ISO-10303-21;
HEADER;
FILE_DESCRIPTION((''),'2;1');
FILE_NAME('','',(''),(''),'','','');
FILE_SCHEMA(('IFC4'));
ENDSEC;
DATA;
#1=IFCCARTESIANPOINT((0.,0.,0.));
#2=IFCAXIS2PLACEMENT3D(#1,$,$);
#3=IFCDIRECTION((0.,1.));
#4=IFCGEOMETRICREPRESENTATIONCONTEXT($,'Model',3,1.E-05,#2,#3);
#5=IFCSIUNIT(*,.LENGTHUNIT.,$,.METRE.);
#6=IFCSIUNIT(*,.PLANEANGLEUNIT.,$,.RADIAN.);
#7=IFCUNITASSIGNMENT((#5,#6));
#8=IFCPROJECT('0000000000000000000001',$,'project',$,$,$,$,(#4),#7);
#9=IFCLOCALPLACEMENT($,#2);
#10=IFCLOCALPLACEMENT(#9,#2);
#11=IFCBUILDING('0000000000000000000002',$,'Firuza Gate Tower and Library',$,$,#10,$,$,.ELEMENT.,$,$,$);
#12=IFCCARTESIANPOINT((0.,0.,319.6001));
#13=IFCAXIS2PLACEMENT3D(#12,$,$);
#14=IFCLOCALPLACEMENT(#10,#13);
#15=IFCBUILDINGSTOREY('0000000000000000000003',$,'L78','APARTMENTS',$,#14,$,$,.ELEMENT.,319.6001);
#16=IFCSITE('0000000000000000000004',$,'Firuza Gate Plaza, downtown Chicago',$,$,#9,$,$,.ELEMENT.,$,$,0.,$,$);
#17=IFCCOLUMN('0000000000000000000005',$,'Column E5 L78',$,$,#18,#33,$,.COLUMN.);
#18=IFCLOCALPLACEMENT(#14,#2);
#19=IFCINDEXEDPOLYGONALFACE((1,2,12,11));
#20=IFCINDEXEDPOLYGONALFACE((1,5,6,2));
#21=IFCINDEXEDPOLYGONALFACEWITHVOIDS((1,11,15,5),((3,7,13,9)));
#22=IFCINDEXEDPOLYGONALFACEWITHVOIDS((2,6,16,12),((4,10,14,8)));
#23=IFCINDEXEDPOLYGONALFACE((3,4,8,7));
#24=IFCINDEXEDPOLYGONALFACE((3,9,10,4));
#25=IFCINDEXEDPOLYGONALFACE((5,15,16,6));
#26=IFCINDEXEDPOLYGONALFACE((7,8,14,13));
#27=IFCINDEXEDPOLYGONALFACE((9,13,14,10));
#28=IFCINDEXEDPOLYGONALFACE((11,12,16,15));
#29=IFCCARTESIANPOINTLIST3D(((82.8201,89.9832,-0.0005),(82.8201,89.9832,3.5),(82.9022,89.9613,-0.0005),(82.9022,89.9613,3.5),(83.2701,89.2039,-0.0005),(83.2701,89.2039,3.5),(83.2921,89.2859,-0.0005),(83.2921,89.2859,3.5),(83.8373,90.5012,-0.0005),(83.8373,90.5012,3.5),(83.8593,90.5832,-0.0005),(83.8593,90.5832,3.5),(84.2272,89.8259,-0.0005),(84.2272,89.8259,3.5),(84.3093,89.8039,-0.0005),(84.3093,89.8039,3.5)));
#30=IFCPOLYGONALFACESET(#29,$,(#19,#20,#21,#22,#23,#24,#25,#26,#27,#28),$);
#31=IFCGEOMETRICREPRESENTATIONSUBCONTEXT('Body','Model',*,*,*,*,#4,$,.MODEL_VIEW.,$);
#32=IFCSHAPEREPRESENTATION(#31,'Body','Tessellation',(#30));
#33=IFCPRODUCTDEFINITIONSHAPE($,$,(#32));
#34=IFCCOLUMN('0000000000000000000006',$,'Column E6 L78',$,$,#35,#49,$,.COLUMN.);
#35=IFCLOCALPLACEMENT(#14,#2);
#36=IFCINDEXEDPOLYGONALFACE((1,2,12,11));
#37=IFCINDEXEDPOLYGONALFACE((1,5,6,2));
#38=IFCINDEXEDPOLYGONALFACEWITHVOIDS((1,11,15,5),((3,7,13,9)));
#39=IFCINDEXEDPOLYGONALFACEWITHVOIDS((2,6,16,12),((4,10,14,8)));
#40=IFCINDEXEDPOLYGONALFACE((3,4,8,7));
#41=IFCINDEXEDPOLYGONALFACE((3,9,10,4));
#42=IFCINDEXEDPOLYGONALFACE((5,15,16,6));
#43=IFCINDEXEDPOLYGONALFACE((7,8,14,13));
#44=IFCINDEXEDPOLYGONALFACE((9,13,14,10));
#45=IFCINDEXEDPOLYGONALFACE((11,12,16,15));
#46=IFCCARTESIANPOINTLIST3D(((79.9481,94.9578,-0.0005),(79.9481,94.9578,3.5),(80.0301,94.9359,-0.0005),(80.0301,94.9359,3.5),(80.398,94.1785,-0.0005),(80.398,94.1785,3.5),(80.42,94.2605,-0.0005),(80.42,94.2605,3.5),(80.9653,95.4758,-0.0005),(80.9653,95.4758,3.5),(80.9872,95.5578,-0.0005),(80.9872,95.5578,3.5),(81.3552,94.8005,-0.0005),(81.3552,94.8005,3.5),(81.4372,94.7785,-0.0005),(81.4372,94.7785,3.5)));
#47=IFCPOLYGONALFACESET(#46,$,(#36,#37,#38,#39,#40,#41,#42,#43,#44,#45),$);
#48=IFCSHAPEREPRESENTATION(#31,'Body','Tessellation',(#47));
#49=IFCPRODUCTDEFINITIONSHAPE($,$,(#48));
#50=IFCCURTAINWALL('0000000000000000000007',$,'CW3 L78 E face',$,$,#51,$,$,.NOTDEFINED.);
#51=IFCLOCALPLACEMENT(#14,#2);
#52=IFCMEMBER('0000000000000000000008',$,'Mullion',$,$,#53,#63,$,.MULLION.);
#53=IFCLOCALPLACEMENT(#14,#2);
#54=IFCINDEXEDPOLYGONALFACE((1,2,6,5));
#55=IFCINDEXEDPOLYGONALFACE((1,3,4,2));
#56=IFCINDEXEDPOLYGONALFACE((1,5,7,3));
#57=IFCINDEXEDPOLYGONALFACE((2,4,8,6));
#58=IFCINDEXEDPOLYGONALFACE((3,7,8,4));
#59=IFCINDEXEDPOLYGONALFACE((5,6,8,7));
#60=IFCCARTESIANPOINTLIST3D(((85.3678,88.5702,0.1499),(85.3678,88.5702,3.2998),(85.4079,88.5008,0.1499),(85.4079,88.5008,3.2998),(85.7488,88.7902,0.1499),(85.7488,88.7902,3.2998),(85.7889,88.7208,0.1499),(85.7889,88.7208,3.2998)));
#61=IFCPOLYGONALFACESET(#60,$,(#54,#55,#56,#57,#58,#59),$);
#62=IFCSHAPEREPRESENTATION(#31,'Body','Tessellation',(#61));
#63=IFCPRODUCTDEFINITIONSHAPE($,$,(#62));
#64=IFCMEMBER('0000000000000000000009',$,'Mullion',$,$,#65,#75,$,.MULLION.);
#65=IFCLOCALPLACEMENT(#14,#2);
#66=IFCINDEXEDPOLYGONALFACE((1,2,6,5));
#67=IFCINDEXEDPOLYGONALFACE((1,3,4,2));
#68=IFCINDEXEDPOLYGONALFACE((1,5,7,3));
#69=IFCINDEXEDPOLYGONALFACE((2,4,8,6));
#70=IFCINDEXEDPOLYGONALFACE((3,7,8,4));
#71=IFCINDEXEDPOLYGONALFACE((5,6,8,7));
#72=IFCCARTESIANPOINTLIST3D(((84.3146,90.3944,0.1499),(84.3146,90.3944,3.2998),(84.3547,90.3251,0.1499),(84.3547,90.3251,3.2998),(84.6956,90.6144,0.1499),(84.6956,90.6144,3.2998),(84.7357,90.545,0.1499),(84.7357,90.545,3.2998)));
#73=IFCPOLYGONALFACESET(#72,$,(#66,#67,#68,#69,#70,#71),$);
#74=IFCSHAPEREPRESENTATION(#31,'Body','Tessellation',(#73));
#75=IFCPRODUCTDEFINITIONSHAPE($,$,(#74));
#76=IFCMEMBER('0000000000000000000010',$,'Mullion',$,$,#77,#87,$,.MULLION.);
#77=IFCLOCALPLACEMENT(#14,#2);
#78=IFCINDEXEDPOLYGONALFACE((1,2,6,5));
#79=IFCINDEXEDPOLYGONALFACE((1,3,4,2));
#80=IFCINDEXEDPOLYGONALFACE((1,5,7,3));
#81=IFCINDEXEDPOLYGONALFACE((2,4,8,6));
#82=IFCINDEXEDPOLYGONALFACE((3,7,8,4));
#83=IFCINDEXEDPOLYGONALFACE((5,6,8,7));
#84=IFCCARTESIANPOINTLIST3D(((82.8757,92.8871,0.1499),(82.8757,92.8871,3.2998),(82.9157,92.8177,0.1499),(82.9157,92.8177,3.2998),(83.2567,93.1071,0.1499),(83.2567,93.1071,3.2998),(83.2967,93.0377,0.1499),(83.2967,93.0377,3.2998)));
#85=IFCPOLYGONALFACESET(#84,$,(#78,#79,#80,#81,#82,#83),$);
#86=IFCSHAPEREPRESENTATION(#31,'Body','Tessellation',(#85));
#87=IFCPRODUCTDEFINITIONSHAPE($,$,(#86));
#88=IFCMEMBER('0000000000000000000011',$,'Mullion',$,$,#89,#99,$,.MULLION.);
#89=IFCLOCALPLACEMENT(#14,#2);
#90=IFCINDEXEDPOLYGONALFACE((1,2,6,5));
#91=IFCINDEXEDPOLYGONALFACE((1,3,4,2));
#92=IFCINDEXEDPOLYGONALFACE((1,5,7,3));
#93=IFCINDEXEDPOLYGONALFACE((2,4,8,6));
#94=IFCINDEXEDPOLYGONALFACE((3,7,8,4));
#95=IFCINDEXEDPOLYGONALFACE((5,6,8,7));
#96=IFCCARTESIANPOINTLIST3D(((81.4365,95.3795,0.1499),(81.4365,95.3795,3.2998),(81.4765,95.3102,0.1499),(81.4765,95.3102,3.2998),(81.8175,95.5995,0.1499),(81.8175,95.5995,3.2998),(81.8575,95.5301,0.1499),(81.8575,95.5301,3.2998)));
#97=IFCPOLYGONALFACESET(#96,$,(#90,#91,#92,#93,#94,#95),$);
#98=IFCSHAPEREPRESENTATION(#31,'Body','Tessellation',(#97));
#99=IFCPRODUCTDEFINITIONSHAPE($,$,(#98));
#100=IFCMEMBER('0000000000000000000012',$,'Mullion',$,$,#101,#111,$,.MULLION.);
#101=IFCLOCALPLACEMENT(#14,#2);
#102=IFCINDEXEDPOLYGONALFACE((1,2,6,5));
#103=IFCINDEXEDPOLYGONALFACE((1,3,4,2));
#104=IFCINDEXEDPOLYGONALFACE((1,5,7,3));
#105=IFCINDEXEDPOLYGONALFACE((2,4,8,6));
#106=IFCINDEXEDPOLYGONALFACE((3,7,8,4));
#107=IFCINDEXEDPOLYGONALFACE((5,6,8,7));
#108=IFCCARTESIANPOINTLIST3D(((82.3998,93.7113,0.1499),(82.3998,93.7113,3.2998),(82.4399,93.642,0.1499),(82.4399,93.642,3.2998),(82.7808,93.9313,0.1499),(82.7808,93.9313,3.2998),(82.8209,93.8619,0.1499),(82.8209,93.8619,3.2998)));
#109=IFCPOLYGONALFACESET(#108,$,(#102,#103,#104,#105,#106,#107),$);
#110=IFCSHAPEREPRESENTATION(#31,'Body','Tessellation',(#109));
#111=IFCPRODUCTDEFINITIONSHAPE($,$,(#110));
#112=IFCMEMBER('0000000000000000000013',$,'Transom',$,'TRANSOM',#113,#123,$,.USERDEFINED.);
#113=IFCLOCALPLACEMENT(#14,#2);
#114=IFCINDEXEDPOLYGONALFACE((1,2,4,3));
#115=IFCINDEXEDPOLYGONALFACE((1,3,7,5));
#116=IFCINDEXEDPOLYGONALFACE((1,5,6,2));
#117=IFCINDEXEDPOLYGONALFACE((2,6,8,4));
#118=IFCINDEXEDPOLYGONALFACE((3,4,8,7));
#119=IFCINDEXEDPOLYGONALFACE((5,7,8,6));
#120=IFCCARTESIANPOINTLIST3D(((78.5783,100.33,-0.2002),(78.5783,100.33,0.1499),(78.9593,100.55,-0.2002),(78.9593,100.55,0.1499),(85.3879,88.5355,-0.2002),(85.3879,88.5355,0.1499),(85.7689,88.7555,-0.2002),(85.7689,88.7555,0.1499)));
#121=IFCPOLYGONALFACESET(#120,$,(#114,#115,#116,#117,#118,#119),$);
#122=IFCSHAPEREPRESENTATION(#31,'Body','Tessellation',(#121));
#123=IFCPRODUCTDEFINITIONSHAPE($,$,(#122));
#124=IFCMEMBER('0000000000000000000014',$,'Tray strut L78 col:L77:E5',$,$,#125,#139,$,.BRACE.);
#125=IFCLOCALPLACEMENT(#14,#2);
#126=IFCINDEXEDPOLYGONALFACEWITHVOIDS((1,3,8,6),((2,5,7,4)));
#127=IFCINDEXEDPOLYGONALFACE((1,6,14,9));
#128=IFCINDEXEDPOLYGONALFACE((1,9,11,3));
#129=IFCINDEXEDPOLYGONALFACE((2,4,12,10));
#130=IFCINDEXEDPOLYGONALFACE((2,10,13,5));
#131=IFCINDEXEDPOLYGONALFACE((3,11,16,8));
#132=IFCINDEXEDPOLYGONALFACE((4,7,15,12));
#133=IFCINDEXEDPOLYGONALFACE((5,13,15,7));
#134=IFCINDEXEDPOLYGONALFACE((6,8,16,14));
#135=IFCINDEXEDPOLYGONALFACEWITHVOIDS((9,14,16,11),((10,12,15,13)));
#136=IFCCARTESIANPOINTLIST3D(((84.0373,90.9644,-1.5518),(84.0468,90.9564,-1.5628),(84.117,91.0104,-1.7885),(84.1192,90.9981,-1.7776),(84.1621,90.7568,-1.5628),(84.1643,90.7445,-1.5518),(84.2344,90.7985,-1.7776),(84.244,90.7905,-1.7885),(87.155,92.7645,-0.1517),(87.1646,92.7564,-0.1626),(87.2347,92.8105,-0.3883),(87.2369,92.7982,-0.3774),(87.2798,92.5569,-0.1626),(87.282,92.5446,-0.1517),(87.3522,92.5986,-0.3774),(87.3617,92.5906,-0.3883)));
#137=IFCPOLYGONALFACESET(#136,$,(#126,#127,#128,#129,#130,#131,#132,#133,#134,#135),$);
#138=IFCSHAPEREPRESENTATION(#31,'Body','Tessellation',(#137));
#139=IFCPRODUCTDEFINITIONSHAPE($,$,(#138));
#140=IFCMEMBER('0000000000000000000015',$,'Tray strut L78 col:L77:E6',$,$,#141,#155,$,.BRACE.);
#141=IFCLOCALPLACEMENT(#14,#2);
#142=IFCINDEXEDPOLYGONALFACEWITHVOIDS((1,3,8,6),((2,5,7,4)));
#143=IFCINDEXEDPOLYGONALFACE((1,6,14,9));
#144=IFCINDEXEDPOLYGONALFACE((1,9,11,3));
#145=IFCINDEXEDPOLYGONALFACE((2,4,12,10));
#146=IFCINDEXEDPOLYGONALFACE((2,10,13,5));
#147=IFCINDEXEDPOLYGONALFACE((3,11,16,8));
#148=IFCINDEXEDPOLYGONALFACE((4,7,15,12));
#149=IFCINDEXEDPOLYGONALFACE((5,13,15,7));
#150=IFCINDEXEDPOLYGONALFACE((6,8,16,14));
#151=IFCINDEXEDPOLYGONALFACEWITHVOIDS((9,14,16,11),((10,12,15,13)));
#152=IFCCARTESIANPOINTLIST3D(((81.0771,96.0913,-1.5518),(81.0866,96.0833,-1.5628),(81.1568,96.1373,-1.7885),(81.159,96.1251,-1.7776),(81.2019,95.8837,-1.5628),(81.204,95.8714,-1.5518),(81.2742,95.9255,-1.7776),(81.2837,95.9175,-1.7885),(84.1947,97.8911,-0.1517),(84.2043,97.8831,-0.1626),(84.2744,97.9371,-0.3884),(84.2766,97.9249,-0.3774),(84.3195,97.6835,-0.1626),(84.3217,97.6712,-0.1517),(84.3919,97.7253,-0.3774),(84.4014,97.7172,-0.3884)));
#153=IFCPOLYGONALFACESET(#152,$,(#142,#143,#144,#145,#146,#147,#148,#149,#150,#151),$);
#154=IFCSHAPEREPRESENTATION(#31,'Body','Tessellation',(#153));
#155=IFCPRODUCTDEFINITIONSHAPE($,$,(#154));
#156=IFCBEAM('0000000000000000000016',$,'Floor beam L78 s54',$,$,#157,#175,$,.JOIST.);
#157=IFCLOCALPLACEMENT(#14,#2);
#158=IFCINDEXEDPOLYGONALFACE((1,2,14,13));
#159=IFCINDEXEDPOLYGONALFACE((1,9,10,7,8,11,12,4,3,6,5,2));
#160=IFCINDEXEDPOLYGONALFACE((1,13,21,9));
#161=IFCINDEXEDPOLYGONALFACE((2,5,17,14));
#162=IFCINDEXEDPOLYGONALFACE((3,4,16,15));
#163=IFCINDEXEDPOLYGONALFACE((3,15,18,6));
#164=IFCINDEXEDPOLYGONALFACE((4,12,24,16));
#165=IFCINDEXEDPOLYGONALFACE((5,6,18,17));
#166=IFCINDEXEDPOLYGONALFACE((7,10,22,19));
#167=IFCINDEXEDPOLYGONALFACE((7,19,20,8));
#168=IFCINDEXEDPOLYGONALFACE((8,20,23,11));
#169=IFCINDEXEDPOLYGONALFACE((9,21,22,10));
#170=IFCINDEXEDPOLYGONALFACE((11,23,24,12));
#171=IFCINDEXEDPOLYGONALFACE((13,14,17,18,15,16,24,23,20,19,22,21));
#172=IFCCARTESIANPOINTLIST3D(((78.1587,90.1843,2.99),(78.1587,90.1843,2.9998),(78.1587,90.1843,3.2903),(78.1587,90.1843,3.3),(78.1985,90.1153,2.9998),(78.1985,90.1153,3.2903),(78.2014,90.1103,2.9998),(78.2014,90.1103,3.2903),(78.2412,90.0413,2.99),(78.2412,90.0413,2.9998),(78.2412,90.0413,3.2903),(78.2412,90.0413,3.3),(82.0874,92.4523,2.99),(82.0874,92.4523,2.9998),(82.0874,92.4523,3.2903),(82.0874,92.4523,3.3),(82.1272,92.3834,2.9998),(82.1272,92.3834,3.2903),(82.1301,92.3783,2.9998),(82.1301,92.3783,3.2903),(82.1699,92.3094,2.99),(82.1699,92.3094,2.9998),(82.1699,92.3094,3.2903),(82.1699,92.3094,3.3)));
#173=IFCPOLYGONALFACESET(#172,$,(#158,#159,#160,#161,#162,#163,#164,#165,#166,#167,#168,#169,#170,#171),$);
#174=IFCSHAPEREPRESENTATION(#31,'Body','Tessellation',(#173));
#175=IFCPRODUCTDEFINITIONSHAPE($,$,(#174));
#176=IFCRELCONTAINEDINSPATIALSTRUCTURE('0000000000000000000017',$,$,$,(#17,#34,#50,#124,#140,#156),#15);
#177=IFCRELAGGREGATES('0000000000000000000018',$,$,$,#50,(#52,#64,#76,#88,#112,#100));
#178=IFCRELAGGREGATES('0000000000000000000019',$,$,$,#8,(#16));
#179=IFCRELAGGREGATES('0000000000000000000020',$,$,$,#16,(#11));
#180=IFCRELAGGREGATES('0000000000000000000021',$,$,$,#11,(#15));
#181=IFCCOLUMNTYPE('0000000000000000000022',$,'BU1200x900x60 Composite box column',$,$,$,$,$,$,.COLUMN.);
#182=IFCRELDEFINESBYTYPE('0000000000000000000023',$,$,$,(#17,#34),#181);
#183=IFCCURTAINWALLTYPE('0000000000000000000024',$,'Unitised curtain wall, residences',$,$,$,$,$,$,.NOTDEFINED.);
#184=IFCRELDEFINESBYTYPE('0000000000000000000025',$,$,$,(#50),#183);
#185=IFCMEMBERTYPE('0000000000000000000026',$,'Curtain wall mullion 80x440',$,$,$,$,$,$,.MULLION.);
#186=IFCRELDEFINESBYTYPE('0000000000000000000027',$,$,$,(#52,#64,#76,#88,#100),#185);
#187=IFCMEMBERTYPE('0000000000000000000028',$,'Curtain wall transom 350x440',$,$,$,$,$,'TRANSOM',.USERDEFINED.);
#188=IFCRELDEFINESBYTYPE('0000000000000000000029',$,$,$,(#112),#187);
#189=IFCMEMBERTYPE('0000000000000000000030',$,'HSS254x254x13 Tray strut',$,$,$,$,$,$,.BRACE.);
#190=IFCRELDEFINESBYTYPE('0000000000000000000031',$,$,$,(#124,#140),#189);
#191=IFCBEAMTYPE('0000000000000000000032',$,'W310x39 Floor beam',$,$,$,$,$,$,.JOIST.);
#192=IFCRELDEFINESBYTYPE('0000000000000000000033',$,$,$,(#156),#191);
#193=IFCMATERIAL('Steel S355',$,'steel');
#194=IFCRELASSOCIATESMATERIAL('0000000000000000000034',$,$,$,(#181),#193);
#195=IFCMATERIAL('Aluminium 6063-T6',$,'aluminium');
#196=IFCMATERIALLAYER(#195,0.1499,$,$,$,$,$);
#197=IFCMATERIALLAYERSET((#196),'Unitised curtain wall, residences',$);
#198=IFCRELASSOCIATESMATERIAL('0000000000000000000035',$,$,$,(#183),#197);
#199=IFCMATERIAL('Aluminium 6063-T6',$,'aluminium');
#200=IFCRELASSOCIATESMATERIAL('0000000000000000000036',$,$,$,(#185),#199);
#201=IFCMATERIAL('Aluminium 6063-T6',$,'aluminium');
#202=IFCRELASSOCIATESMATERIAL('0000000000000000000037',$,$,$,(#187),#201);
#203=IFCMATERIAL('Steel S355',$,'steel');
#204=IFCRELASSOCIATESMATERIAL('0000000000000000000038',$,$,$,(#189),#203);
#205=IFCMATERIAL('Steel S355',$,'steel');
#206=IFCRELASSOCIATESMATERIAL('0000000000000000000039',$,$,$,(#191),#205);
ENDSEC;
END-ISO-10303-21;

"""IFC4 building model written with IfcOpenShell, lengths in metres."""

from ifc_helpers import new_model, si_unit, direction, frame, origin, origin_2d, place, context, subcontext, project, spatial, rectangle, hollow_rectangle, i_section, extrude, material, layer, layer_set, material_profile, profile_set, type_object, element, aggregate, save


model = new_model("IFC4")

# Units and contexts
model_context = context("Model", 3, precision=1e-05, world=origin(), true_north=direction((0.0, 1.0)))
body_context = subcontext(model_context, "Body", "Model", "MODEL_VIEW")
ifc_project = project(units=[si_unit("LENGTHUNIT", "METRE"), si_unit("PLANEANGLEUNIT", "RADIAN")], contexts=[model_context])

# Site, building, storey
site_placement = place(None, origin())
site = spatial("IfcSite", under=ifc_project, at=site_placement, Name="Firuza Gate Plaza, downtown Chicago", CompositionType="ELEMENT", RefElevation=0.0)
building_placement = place(site_placement, origin())
building = spatial("IfcBuilding", under=site, at=building_placement, Name="Firuza Gate Tower and Library", CompositionType="ELEMENT")
storey_placement = place(building_placement, frame((0.0, 0.0, 319.6001)))
storey = spatial("IfcBuildingStorey", under=building, at=storey_placement, Name="L78", Description="APARTMENTS", CompositionType="ELEMENT", Elevation=319.6001)

# Columns
ifc_material_1 = material(Name="Steel S355", Category="steel")
ifc_material_profile_1 = material_profile(ifc_material_1, hollow_rectangle(XDim=0.8999, YDim=1.2, WallThickness=0.0601, at=origin_2d()))
ifc_profile_set_1 = profile_set([ifc_material_profile_1], Name="Steel S355")
column_type = type_object("IfcColumnType", Name="BU1200x900x60 Composite box column", PredefinedType="COLUMN", material=ifc_profile_set_1)
for number, where, z_axis, x_axis, name in (
    (1, (83.5647, 89.8936, -0.0005), (0.0, 0.0, 1.0), (-0.5, 0.866025, 0.0), "Column E5 L78"),
    (2, (80.6926, 94.8682, -0.0005), (0.0, 0.0, 1.0), (-0.5, 0.866025, 0.0), "Column E6 L78"),
):
    element("IfcColumn", number, at=place(storey_placement, frame(where, z_axis=z_axis, x_axis=x_axis)), inside=storey, type_object=column_type, Name=name, PredefinedType="COLUMN", context=body_context, shape_type="SweptSolid", body=[
        extrude(hollow_rectangle(XDim=0.8999, YDim=1.2, WallThickness=0.0601, at=origin_2d()), origin(), (0.0, 0.0, 1.0), 3.5005),
    ])

# Curtain wall, members
ifc_material_2 = material(Name="Aluminium 6063-T6", Category="aluminium")
ifc_layer_1 = layer(ifc_material_2, 0.1499)
ifc_layer_set_1 = layer_set([ifc_layer_1], Name="Unitised curtain wall, residences")
curtain_wall_type = type_object("IfcCurtainWallType", Name="Unitised curtain wall, residences", PredefinedType="NOTDEFINED", material=ifc_layer_set_1)
curtain_wall_placement = place(storey_placement, origin())
curtain_wall = element("IfcCurtainWall", 3, at=curtain_wall_placement, inside=storey, type_object=curtain_wall_type, Name="CW3 L78 E face", PredefinedType="NOTDEFINED")
ifc_material_3 = material(Name="Aluminium 6063-T6", Category="aluminium")
ifc_material_profile_2 = material_profile(ifc_material_3, rectangle(XDim=0.4399, YDim=0.0801, at=origin_2d()))
ifc_profile_set_2 = profile_set([ifc_material_profile_2], Name="Aluminium 6063-T6")
member_type_1 = type_object("IfcMemberType", Name="Curtain wall mullion 80x440", PredefinedType="MULLION", material=ifc_profile_set_2)
member_1_placement = place(storey_placement, frame((85.5784, 88.6455, 0.1499), z_axis=(0.0, 0.0, 1.0), x_axis=(-0.866025, -0.5, 0.0)))
member_1 = element("IfcMember", 4, at=member_1_placement, type_object=member_type_1, Name="Mullion", PredefinedType="MULLION", context=body_context, shape_type="SweptSolid", body=[
    extrude(rectangle(XDim=0.4399, YDim=0.0801, at=origin_2d()), origin(), (0.0, 0.0, 1.0), 3.1499),
])
member_2_placement = place(storey_placement, frame((84.5251, 90.4697, 0.1499), z_axis=(0.0, 0.0, 1.0), x_axis=(-0.866025, -0.5, 0.0)))
member_2 = element("IfcMember", 5, at=member_2_placement, type_object=member_type_1, Name="Mullion", PredefinedType="MULLION", context=body_context, shape_type="SweptSolid", body=[
    extrude(rectangle(XDim=0.4399, YDim=0.0801, at=origin_2d()), origin(), (0.0, 0.0, 1.0), 3.1499),
])
member_3_placement = place(storey_placement, frame((83.0862, 92.9624, 0.1499), z_axis=(0.0, 0.0, 1.0), x_axis=(-0.866025, -0.5, 0.0)))
member_3 = element("IfcMember", 6, at=member_3_placement, type_object=member_type_1, Name="Mullion", PredefinedType="MULLION", context=body_context, shape_type="SweptSolid", body=[
    extrude(rectangle(XDim=0.4399, YDim=0.0801, at=origin_2d()), origin(), (0.0, 0.0, 1.0), 3.1499),
])
member_4_placement = place(storey_placement, frame((81.647, 95.4548, 0.1499), z_axis=(0.0, 0.0, 1.0), x_axis=(-0.866025, -0.5, 0.0)))
member_4 = element("IfcMember", 7, at=member_4_placement, type_object=member_type_1, Name="Mullion", PredefinedType="MULLION", context=body_context, shape_type="SweptSolid", body=[
    extrude(rectangle(XDim=0.4399, YDim=0.0801, at=origin_2d()), origin(), (0.0, 0.0, 1.0), 3.1499),
])
member_5_placement = place(storey_placement, frame((82.6104, 93.7866, 0.1499), z_axis=(0.0, 0.0, 1.0), x_axis=(-0.866025, -0.5, 0.0)))
member_5 = element("IfcMember", 8, at=member_5_placement, type_object=member_type_1, Name="Mullion", PredefinedType="MULLION", context=body_context, shape_type="SweptSolid", body=[
    extrude(rectangle(XDim=0.4399, YDim=0.0801, at=origin_2d()), origin(), (0.0, 0.0, 1.0), 3.1499),
])
ifc_material_4 = material(Name="Aluminium 6063-T6", Category="aluminium")
ifc_material_profile_3 = material_profile(ifc_material_4, rectangle(XDim=0.4399, YDim=0.3501, at=origin_2d()))
ifc_profile_set_3 = profile_set([ifc_material_profile_3], Name="Aluminium 6063-T6")
member_type_2 = type_object("IfcMemberType", Name="Curtain wall transom 350x440", ElementType="TRANSOM", PredefinedType="USERDEFINED", material=ifc_profile_set_3)
member_6_placement = place(storey_placement, frame((85.5784, 88.6455, -0.0251), z_axis=(-0.500003, 0.866024, 0.0), x_axis=(-0.866024, -0.500003, 0.0)))
member_6 = element("IfcMember", 9, at=member_6_placement, type_object=member_type_2, Name="Transom", ObjectType="TRANSOM", PredefinedType="USERDEFINED", context=body_context, shape_type="SweptSolid", body=[
    extrude(rectangle(XDim=0.4399, YDim=0.3501, at=origin_2d()), origin(), (0.0, 0.0, 1.0), 13.6191),
])

# Members
ifc_material_5 = material(Name="Steel S355", Category="steel")
ifc_material_profile_4 = material_profile(ifc_material_5, hollow_rectangle(XDim=0.2539, YDim=0.2539, WallThickness=0.0117, at=origin_2d()))
ifc_profile_set_4 = profile_set([ifc_material_profile_4], Name="Steel S355")
member_type_3 = type_object("IfcMemberType", Name="HSS254x254x13 Tray strut", PredefinedType="BRACE", material=ifc_profile_set_4)
member_7_placement = place(storey_placement, frame((84.1406, 90.8774, -1.6702), z_axis=(0.807122, 0.466007, 0.362478), x_axis=(-0.500012, 0.866018, 0.0)))
element("IfcMember", 10, at=member_7_placement, inside=storey, type_object=member_type_3, Name="Tray strut L78 col:L77:E5", PredefinedType="BRACE", context=body_context, shape_type="SweptSolid", body=[
    extrude(hollow_rectangle(XDim=0.2539, YDim=0.2539, WallThickness=0.0117, at=origin_2d()), origin(), (0.0, 0.0, 1.0), 3.8628),
])
member_8_placement = place(storey_placement, frame((81.1804, 96.0044, -1.6702), z_axis=(0.807146, 0.465958, 0.362489), x_axis=(-0.499961, 0.866048, 0.0)))
element("IfcMember", 11, at=member_8_placement, inside=storey, type_object=member_type_3, Name="Tray strut L78 col:L77:E6", PredefinedType="BRACE", context=body_context, shape_type="SweptSolid", body=[
    extrude(hollow_rectangle(XDim=0.2539, YDim=0.2539, WallThickness=0.0117, at=origin_2d()), origin(), (0.0, 0.0, 1.0), 3.8625),
])

# Beam
ifc_material_6 = material(Name="Steel S355", Category="steel")
ifc_material_profile_5 = material_profile(ifc_material_6, i_section(OverallWidth=0.165, OverallDepth=0.3101, WebThickness=0.0059, FlangeThickness=0.0098, at=origin_2d()))
ifc_profile_set_5 = profile_set([ifc_material_profile_5], Name="Steel S355")
beam_type_1 = type_object("IfcBeamType", Name="W310x39 Floor beam", PredefinedType="JOIST", material=ifc_profile_set_5)
beam_1_placement = place(storey_placement, frame((82.1287, 92.3809, 3.145), z_axis=(-0.866042, -0.499971, 0.0), x_axis=(0.499971, -0.866042, 0.0)))
element("IfcBeam", 12, at=beam_1_placement, inside=storey, type_object=beam_type_1, Name="Floor beam L78 s54", PredefinedType="JOIST", context=body_context, shape_type="SweptSolid", body=[
    extrude(i_section(OverallWidth=0.165, OverallDepth=0.3101, WebThickness=0.0059, FlangeThickness=0.0098, at=origin_2d()), origin(), (0.0, 0.0, 1.0), 4.5364),
])

aggregate(curtain_wall, [member_1, member_2, member_3, member_4, member_6, member_5])

save(model, "model.ifc")
